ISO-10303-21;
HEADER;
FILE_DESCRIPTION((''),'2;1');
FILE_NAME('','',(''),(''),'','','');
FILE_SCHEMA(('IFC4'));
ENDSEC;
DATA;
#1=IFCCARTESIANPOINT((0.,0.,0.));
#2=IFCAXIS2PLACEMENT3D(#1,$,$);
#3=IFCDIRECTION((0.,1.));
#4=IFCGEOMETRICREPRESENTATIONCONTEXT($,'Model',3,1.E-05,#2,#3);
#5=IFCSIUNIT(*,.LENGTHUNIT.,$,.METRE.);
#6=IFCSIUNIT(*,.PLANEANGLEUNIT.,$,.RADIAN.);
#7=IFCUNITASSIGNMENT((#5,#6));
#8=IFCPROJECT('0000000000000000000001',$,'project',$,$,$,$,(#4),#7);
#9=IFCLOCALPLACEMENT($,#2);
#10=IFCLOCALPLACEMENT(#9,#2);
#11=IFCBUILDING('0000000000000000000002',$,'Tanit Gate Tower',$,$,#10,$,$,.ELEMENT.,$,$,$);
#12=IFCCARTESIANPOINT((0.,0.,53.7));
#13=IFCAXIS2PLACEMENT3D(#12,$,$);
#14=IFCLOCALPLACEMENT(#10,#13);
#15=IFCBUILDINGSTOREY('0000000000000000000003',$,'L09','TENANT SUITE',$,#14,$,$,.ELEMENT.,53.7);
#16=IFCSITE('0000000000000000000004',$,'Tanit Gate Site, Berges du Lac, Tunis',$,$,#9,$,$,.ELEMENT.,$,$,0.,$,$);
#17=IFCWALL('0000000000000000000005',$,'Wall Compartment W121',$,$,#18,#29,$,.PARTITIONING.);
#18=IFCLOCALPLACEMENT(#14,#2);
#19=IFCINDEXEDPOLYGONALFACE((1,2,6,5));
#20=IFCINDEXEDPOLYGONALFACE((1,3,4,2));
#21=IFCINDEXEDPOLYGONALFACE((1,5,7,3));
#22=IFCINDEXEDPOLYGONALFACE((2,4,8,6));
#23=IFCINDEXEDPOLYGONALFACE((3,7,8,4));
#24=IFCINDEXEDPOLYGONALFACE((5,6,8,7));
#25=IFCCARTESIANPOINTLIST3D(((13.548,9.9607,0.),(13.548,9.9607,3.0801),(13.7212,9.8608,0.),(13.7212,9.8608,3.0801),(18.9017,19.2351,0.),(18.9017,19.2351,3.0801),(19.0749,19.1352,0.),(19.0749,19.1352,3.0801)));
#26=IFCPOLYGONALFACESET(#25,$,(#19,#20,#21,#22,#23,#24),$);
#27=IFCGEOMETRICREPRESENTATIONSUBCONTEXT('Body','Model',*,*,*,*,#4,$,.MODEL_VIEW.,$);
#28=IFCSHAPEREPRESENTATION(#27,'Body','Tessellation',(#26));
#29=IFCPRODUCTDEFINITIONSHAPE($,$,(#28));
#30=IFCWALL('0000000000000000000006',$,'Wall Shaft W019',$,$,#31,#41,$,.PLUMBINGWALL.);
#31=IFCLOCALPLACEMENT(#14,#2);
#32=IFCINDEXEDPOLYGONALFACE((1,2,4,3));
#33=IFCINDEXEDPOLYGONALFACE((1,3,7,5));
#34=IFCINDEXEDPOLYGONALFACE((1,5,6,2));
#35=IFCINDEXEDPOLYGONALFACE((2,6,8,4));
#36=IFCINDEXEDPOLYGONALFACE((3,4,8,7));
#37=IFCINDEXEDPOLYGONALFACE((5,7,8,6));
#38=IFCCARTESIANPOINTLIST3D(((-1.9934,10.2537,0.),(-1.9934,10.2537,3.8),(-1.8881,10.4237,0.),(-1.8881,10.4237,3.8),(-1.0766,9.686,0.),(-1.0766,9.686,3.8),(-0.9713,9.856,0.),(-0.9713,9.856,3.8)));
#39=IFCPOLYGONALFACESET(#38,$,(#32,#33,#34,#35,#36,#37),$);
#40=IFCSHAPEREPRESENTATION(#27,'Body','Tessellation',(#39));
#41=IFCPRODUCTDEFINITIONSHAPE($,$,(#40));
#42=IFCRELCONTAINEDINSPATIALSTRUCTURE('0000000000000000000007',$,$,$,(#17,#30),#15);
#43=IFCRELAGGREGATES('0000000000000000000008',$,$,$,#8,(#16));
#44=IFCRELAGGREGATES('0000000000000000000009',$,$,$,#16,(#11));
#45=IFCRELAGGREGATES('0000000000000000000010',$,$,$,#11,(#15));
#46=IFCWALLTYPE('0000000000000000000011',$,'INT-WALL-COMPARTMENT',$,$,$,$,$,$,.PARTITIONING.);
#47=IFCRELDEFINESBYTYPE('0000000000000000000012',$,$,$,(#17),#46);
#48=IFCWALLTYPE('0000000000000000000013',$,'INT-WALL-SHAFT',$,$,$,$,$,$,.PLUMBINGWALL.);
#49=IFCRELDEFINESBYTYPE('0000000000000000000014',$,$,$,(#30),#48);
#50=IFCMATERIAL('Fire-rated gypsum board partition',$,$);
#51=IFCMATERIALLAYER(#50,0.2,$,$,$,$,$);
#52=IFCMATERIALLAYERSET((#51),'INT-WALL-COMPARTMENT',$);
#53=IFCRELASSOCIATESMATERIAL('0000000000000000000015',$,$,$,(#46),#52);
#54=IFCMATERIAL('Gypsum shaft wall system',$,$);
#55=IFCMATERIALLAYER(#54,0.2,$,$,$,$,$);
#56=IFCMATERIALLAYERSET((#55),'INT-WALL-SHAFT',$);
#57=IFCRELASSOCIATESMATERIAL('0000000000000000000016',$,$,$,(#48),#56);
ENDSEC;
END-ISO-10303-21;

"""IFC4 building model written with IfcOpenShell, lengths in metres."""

from ifc_helpers import new_model, si_unit, direction, frame, frame_2d, origin, place, context, subcontext, project, spatial, rectangle, extrude, material, layer, layer_set, type_object, element, save


model = new_model("IFC4")

# Units and contexts
model_context = context("Model", 3, precision=1e-05, world=origin(), true_north=direction((0.0, 1.0)))
body_context = subcontext(model_context, "Body", "Model", "MODEL_VIEW")
ifc_project = project(units=[si_unit("LENGTHUNIT", "METRE"), si_unit("PLANEANGLEUNIT", "RADIAN")], contexts=[model_context])

# Site, building, storey
site_placement = place(None, origin())
site = spatial("IfcSite", under=ifc_project, at=site_placement, Name="Tanit Gate Site, Berges du Lac, Tunis", CompositionType="ELEMENT", RefElevation=0.0)
building_placement = place(site_placement, origin())
building = spatial("IfcBuilding", under=site, at=building_placement, Name="Tanit Gate Tower", CompositionType="ELEMENT")
storey_placement = place(building_placement, frame((0.0, 0.0, 53.7)))
storey = spatial("IfcBuildingStorey", under=building, at=storey_placement, Name="L09", Description="TENANT SUITE", CompositionType="ELEMENT", Elevation=53.7)

# Walls
ifc_material_1 = material(Name="Fire-rated gypsum board partition")
ifc_layer_1 = layer(ifc_material_1, 0.2)
ifc_layer_set_1 = layer_set([ifc_layer_1], Name="INT-WALL-COMPARTMENT")
wall_type_1 = type_object("IfcWallType", Name="INT-WALL-COMPARTMENT", PredefinedType="PARTITIONING", material=ifc_layer_set_1)
wall_1_placement = place(storey_placement, frame((13.6345, 9.9106, 0.0), z_axis=(0.0, 0.0, 1.0), x_axis=(0.499942, 0.866059, 0.0)))
element("IfcWall", 1, at=wall_1_placement, inside=storey, type_object=wall_type_1, Name="Wall Compartment W121", PredefinedType="PARTITIONING", context=body_context, shape_type="SweptSolid", body=[
    extrude(rectangle(XDim=10.7087, YDim=0.2, at=frame_2d((5.3545, 0.0))), origin(), (0.0, 0.0, 1.0), 3.0801),
])
ifc_material_2 = material(Name="Gypsum shaft wall system")
ifc_layer_2 = layer(ifc_material_2, 0.2)
ifc_layer_set_2 = layer_set([ifc_layer_2], Name="INT-WALL-SHAFT")
wall_type_2 = type_object("IfcWallType", Name="INT-WALL-SHAFT", PredefinedType="PLUMBINGWALL", material=ifc_layer_set_2)
wall_2_placement = place(storey_placement, frame((-1.9407, 10.3386, 0.0), z_axis=(0.0, 0.0, 1.0), x_axis=(0.850217, -0.526433, 0.0)))
element("IfcWall", 2, at=wall_2_placement, inside=storey, type_object=wall_type_2, Name="Wall Shaft W019", PredefinedType="PLUMBINGWALL", context=body_context, shape_type="SweptSolid", body=[
    extrude(rectangle(XDim=1.0784, YDim=0.2, at=frame_2d((0.5391, 0.0))), origin(), (0.0, 0.0, 1.0), 3.8),
])

save(model, "model.ifc")
